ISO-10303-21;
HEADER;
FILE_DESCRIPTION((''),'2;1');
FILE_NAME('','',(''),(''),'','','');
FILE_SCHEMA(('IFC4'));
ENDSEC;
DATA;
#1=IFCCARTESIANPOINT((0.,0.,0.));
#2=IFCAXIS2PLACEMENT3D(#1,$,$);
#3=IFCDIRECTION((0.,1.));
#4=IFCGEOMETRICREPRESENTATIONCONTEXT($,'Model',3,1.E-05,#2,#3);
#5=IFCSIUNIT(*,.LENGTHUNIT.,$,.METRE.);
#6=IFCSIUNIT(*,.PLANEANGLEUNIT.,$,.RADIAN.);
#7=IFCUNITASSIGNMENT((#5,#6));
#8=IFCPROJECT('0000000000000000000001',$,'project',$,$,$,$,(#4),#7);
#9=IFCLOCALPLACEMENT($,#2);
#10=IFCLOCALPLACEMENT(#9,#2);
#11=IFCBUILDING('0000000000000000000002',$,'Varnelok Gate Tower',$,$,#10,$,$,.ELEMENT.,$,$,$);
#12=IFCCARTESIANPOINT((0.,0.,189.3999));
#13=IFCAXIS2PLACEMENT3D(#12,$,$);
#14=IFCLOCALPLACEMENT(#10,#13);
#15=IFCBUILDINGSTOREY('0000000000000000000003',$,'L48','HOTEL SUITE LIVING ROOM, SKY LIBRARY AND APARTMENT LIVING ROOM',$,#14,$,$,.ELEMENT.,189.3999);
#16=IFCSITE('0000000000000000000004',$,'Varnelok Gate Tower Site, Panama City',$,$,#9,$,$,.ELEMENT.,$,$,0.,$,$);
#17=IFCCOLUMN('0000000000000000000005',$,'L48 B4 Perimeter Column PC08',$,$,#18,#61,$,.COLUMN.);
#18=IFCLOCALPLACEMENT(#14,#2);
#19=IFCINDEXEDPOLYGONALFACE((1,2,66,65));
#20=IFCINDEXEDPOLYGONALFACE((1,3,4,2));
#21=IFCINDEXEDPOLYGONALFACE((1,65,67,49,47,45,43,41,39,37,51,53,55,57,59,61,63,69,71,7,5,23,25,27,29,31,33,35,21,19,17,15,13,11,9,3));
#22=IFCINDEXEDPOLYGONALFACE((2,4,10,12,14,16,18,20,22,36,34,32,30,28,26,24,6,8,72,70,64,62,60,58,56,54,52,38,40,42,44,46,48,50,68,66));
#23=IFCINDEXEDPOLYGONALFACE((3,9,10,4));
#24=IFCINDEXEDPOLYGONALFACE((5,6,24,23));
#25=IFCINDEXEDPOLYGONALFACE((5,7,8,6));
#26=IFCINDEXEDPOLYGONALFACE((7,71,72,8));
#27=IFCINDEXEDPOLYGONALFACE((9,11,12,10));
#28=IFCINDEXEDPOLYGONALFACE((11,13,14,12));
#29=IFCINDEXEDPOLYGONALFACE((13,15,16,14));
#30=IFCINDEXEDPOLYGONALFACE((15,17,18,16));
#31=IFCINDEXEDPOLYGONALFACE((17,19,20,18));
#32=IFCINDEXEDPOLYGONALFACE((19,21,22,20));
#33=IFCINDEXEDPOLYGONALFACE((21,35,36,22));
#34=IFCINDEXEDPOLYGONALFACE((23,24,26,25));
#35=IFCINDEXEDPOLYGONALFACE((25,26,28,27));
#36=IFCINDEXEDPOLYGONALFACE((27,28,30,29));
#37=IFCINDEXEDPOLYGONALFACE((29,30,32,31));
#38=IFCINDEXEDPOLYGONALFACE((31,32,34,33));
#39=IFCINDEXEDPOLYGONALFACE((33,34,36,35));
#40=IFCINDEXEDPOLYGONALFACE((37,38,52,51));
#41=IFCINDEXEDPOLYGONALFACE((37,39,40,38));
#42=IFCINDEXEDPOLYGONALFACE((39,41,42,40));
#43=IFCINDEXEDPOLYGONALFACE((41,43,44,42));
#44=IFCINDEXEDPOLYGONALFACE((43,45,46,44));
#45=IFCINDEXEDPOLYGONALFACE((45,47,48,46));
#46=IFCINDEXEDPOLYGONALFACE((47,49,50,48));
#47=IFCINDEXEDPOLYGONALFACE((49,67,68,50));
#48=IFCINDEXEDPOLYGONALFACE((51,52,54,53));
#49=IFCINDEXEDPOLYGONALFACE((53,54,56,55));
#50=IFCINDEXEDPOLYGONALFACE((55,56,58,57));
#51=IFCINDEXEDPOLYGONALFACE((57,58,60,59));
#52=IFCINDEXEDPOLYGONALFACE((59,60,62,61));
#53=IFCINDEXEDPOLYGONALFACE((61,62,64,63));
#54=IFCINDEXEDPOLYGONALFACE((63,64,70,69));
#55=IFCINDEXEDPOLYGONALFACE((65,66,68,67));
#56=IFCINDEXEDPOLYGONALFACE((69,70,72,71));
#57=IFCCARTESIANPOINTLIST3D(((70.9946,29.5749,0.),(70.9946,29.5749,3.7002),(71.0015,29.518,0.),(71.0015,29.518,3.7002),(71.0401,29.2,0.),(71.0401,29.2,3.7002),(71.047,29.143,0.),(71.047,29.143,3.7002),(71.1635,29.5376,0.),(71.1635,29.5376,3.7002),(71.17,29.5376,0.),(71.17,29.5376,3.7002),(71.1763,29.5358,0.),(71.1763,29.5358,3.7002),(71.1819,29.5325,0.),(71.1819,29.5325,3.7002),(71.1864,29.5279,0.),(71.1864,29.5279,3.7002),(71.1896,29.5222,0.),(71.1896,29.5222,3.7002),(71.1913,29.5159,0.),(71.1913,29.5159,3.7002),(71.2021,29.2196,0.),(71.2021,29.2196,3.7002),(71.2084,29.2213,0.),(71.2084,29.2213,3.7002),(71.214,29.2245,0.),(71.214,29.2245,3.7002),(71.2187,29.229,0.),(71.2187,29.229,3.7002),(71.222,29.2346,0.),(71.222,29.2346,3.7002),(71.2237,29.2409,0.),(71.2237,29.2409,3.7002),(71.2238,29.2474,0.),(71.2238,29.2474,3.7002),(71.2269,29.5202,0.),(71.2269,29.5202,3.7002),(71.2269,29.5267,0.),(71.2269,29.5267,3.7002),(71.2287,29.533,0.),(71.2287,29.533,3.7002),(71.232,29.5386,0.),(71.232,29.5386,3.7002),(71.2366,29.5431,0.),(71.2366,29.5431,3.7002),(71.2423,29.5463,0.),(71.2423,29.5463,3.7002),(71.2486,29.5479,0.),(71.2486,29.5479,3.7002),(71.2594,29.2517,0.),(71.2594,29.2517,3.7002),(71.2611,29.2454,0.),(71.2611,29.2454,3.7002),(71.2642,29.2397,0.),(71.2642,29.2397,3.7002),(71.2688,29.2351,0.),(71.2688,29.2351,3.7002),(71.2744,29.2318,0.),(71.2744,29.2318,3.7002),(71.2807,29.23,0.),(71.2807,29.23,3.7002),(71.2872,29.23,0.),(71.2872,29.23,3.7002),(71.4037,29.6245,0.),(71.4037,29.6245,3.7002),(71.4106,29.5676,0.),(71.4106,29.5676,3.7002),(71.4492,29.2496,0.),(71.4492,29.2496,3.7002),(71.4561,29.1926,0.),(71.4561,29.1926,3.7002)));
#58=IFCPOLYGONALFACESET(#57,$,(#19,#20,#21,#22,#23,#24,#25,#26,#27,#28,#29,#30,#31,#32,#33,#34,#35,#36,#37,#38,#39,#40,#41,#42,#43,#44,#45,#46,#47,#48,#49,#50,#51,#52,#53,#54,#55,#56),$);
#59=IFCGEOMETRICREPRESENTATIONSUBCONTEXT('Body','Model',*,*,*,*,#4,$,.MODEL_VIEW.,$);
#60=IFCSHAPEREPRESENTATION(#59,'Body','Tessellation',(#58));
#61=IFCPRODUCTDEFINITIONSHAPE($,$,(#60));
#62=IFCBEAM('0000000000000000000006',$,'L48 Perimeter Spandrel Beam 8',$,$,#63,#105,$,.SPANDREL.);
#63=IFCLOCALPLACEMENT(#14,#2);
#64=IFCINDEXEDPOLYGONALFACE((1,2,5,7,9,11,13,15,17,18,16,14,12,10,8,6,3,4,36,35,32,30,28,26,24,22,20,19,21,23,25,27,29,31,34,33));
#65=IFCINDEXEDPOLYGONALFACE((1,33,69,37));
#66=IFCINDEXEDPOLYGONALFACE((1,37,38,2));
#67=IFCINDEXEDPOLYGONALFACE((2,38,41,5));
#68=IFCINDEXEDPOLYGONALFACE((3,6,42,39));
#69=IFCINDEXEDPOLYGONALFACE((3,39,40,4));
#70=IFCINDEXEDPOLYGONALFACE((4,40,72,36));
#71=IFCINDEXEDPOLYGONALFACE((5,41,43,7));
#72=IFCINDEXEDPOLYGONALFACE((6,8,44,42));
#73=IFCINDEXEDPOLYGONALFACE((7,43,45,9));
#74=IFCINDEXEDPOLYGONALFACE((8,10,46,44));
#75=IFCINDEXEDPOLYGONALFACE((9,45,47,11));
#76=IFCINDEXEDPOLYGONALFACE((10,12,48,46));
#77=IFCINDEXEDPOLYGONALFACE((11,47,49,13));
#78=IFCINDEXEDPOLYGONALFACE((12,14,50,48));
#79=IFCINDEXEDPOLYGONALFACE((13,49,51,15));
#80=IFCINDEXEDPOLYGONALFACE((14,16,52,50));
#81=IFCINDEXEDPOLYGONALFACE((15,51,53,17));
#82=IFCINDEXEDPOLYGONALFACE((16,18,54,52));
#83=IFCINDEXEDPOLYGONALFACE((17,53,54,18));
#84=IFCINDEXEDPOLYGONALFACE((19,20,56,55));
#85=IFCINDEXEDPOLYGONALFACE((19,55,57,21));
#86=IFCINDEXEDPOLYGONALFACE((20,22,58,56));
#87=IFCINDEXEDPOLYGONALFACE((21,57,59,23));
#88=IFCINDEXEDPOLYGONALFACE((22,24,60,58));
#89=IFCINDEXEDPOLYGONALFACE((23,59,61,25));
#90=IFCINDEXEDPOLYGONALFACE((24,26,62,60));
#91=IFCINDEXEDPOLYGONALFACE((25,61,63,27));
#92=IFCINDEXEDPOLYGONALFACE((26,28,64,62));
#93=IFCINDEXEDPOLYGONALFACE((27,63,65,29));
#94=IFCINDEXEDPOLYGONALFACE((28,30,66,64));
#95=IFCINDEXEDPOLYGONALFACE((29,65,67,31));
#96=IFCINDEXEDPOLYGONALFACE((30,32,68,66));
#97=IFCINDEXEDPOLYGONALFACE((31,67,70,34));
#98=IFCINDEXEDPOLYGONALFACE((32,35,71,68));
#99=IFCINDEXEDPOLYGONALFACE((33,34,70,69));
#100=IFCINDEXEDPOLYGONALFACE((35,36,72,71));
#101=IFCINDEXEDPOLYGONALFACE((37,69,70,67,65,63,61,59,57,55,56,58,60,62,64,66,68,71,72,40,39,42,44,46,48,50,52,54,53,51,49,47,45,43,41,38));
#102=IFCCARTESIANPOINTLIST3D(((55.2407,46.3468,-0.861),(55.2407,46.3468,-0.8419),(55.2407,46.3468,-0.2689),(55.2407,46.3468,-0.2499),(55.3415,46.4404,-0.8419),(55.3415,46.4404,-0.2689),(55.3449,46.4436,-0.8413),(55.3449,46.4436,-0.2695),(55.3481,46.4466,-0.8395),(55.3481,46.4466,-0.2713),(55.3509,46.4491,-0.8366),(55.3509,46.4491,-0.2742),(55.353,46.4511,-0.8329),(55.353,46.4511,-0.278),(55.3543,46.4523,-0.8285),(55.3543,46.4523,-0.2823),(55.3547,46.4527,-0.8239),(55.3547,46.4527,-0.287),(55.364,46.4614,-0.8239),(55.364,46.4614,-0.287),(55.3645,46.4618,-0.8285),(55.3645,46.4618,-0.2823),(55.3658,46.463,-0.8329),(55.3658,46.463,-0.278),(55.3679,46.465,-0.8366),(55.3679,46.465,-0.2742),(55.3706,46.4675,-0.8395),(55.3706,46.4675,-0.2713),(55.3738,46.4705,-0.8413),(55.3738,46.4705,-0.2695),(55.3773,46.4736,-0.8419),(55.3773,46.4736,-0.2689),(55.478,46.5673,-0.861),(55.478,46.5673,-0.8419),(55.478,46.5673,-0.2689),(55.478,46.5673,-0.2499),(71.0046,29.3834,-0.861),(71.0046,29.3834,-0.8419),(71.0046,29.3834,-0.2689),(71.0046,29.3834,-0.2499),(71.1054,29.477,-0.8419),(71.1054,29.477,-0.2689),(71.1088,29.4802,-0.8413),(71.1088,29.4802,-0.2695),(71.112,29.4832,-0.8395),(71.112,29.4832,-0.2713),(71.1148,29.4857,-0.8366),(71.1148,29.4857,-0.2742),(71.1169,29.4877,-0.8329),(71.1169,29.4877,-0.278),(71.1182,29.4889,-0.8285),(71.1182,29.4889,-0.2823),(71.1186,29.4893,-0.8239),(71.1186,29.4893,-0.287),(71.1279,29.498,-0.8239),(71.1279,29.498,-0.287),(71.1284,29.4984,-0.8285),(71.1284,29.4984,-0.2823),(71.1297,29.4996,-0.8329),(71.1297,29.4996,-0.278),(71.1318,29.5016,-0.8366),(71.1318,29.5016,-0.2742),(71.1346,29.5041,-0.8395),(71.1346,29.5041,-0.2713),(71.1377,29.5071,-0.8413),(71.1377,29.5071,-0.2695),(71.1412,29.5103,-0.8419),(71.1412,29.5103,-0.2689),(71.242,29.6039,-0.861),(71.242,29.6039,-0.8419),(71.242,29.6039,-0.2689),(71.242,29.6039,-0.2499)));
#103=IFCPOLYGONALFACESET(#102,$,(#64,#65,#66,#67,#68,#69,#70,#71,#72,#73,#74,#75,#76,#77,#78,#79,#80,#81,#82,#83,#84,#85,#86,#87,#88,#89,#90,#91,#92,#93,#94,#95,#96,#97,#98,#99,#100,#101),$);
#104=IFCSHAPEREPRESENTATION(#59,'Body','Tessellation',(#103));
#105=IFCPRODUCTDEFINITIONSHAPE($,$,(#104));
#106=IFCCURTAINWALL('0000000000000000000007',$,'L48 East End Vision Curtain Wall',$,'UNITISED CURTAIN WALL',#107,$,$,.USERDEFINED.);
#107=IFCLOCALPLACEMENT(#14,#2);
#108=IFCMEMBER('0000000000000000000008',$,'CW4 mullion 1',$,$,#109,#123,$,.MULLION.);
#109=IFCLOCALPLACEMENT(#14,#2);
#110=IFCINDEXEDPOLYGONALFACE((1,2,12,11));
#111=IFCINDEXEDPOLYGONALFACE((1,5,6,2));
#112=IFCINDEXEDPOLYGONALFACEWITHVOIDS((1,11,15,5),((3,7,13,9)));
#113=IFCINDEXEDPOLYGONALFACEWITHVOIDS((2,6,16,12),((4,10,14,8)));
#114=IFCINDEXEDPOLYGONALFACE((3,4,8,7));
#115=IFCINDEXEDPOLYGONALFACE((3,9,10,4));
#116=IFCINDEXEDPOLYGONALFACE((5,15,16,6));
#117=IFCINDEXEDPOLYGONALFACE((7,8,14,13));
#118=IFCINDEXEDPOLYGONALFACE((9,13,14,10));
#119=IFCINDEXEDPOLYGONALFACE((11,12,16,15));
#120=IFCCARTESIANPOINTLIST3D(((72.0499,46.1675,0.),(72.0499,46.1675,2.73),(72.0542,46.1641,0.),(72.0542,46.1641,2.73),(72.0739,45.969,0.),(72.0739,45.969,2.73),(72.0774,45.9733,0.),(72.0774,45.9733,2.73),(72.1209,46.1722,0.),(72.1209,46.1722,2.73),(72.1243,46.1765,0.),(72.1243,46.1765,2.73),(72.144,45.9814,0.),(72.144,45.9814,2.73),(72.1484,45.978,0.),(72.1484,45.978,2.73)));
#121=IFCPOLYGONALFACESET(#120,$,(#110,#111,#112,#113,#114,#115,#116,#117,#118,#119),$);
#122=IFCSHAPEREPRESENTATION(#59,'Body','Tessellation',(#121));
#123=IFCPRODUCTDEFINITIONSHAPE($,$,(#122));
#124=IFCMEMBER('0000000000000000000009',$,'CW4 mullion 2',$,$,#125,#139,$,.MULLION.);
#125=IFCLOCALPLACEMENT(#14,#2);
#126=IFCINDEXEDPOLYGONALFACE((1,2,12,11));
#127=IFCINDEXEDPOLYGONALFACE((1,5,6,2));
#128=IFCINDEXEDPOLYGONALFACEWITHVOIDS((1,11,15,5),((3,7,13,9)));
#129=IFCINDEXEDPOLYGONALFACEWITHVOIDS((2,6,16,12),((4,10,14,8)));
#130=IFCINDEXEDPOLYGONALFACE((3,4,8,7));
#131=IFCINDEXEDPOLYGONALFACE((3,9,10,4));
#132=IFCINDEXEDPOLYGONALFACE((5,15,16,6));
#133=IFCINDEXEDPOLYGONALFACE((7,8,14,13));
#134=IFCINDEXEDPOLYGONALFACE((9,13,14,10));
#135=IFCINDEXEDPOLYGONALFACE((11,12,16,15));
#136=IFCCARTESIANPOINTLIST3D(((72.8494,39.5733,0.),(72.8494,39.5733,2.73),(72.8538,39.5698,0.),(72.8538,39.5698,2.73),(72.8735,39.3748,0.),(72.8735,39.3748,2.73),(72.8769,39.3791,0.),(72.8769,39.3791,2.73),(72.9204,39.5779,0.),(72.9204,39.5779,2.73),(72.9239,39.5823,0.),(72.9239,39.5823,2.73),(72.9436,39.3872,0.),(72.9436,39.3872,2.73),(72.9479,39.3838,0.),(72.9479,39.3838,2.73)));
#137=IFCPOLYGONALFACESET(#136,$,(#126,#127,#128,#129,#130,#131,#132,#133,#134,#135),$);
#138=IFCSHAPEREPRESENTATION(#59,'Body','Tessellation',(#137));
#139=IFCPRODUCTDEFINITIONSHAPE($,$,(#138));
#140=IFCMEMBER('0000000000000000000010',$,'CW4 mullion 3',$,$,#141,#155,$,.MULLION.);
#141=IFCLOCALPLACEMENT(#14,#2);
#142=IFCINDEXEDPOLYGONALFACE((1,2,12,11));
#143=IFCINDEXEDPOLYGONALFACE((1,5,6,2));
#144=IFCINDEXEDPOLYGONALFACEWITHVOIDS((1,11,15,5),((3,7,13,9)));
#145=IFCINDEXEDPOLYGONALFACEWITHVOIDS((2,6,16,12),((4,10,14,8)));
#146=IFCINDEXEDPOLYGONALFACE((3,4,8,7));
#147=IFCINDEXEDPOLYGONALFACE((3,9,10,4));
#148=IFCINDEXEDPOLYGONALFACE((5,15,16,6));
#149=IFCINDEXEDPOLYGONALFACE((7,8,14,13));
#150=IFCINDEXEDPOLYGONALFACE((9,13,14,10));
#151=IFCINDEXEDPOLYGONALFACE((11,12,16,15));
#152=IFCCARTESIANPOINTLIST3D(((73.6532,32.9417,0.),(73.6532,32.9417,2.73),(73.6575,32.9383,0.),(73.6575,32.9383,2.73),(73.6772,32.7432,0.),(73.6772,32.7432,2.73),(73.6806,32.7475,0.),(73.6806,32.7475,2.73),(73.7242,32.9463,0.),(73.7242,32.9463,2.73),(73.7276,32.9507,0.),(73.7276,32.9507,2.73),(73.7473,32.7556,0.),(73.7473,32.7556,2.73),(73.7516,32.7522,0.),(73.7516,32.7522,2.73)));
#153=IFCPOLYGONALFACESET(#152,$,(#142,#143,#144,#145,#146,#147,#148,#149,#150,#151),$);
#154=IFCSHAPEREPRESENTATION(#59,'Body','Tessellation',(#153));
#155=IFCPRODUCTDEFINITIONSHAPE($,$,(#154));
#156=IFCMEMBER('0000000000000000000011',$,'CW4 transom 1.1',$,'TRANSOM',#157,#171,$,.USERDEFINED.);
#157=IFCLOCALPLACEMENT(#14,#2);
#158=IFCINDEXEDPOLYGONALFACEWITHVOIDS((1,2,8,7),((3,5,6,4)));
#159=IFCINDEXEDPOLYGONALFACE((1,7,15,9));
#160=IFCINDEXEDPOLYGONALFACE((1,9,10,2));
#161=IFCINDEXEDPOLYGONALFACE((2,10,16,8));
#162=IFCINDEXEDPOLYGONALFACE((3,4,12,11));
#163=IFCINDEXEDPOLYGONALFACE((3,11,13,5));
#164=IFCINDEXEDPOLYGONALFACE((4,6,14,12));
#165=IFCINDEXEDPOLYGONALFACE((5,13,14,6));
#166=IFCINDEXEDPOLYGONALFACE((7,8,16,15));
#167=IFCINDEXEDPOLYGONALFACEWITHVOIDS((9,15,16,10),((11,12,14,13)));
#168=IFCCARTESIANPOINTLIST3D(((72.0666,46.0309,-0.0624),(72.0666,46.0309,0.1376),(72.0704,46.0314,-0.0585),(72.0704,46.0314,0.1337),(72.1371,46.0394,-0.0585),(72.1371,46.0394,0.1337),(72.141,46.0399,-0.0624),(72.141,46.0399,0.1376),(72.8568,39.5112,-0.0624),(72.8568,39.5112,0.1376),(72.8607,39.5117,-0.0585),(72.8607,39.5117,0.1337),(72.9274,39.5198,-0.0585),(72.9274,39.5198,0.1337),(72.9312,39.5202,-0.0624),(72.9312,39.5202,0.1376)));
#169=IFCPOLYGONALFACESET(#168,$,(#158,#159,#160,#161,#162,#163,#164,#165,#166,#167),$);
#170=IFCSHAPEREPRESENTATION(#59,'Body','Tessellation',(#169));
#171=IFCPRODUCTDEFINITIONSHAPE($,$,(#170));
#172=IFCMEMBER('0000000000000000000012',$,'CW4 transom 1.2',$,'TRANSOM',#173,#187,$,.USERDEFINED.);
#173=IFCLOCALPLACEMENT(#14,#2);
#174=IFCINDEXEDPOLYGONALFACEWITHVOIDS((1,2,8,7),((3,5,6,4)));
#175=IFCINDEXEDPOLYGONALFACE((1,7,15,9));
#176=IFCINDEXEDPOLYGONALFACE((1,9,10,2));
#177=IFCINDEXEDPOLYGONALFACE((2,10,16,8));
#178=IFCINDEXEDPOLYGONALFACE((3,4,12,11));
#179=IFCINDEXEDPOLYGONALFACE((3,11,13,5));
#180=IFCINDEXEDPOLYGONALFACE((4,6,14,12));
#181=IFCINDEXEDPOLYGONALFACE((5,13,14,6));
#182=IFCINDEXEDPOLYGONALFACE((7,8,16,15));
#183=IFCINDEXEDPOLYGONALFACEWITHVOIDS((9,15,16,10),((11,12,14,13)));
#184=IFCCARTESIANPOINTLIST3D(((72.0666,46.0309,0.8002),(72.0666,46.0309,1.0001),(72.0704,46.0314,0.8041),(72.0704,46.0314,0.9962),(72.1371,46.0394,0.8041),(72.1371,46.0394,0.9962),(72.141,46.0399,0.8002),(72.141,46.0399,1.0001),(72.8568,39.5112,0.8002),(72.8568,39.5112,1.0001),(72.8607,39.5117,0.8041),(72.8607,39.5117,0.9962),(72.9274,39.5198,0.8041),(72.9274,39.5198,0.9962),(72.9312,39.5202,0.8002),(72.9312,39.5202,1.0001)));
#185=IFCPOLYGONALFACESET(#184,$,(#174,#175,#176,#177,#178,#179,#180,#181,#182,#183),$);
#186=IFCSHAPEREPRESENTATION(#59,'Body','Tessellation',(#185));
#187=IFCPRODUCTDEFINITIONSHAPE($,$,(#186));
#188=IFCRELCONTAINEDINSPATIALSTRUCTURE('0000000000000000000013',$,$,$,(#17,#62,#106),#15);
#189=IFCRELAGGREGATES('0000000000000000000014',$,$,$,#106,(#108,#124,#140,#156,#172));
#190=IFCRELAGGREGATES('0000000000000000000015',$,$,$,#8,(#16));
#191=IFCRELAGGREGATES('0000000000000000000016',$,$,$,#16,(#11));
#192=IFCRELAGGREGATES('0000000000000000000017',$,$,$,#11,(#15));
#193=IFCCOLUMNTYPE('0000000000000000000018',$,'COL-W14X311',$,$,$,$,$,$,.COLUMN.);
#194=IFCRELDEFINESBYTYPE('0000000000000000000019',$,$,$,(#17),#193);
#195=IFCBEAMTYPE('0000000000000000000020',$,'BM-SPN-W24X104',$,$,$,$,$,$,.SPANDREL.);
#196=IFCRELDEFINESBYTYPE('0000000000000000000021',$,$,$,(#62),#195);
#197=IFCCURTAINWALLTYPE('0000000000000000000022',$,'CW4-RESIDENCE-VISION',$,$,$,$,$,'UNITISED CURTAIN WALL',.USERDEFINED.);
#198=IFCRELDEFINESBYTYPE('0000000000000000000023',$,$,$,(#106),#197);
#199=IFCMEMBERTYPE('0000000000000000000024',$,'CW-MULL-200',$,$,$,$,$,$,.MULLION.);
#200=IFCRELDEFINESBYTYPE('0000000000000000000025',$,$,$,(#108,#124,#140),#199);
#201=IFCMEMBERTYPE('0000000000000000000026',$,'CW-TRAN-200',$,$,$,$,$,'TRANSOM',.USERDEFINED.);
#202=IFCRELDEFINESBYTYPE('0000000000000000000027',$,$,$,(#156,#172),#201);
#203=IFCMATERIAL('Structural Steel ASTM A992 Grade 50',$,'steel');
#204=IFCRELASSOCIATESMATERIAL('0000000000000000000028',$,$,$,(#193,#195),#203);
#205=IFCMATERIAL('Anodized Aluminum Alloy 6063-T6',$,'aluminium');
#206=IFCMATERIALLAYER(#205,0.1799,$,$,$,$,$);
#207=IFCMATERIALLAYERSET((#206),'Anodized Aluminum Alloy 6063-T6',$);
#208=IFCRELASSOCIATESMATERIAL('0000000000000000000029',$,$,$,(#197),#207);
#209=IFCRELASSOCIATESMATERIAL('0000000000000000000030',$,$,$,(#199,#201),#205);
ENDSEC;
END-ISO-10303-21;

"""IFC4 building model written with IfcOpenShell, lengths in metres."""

from ifc_helpers import new_model, si_unit, direction, frame, origin, origin_2d, place, context, subcontext, project, spatial, hollow_rectangle, i_section, extrude, material, layer, layer_set, material_profile, profile_set, type_object, element, aggregate, save


model = new_model("IFC4")

# Units and contexts
model_context = context("Model", 3, precision=1e-05, world=origin(), true_north=direction((0.0, 1.0)))
body_context = subcontext(model_context, "Body", "Model", "MODEL_VIEW")
ifc_project = project(units=[si_unit("LENGTHUNIT", "METRE"), si_unit("PLANEANGLEUNIT", "RADIAN")], contexts=[model_context])

# Site, building, storey
site_placement = place(None, origin())
site = spatial("IfcSite", under=ifc_project, at=site_placement, Name="Varnelok Gate Tower Site, Panama City", CompositionType="ELEMENT", RefElevation=0.0)
building_placement = place(site_placement, origin())
building = spatial("IfcBuilding", under=site, at=building_placement, Name="Varnelok Gate Tower", CompositionType="ELEMENT")
storey_placement = place(building_placement, frame((0.0, 0.0, 189.3999)))
storey = spatial("IfcBuildingStorey", under=building, at=storey_placement, Name="L48", Description="HOTEL SUITE LIVING ROOM, SKY LIBRARY AND APARTMENT LIVING ROOM", CompositionType="ELEMENT", Elevation=189.3999)

# Column
ifc_material_1 = material(Name="Structural Steel ASTM A992 Grade 50", Category="steel")
ifc_material_profile_1 = material_profile(ifc_material_1, i_section(OverallWidth=0.4121, OverallDepth=0.4351, WebThickness=0.0359, FlangeThickness=0.0574, FilletRadius=0.0249, at=origin_2d()), Name="W14X311")
ifc_profile_set_1 = profile_set([ifc_material_profile_1], Name="Structural Steel ASTM A992 Grade 50")
column_type = type_object("IfcColumnType", Name="COL-W14X311", PredefinedType="COLUMN", material=ifc_profile_set_1)
column_placement = place(storey_placement, frame((71.2253, 29.3838, 0.0), z_axis=(0.0, 0.0, 1.0), x_axis=(0.992732, 0.120345, 0.0)))
element("IfcColumn", 1, at=column_placement, inside=storey, type_object=column_type, Name="L48 B4 Perimeter Column PC08", PredefinedType="COLUMN", context=body_context, shape_type="SweptSolid", body=[
    extrude(i_section(OverallWidth=0.4121, OverallDepth=0.4351, WebThickness=0.0359, FlangeThickness=0.0574, FilletRadius=0.0249, at=origin_2d()), origin(), (0.0, 0.0, 1.0), 3.7002),
])

# Beam
ifc_material_profile_2 = material_profile(ifc_material_1, i_section(OverallWidth=0.324, OverallDepth=0.6111, WebThickness=0.0127, FlangeThickness=0.019, FilletRadius=0.0181, at=origin_2d()), Name="W24X104")
ifc_profile_set_2 = profile_set([ifc_material_profile_2], Name="Structural Steel ASTM A992 Grade 50")
beam_type = type_object("IfcBeamType", Name="BM-SPN-W24X104", PredefinedType="SPANDREL", material=ifc_profile_set_2)
beam_placement = place(storey_placement, frame((71.1233, 29.4937, -0.5554), z_axis=(-0.680734, 0.732531, 0.0), x_axis=(-0.732531, -0.680734, 0.0)))
element("IfcBeam", 2, at=beam_placement, inside=storey, type_object=beam_type, Name="L48 Perimeter Spandrel Beam 8", PredefinedType="SPANDREL", context=body_context, shape_type="SweptSolid", body=[
    extrude(i_section(OverallWidth=0.324, OverallDepth=0.6111, WebThickness=0.0127, FlangeThickness=0.019, FilletRadius=0.0181, at=origin_2d()), origin(), (0.0, 0.0, 1.0), 23.1572),
])

# Curtain wall, members
ifc_material_2 = material(Name="Anodized Aluminum Alloy 6063-T6", Category="aluminium")
ifc_layer_1 = layer(ifc_material_2, 0.1799)
ifc_layer_set_1 = layer_set([ifc_layer_1], Name="Anodized Aluminum Alloy 6063-T6")
curtain_wall_type = type_object("IfcCurtainWallType", Name="CW4-RESIDENCE-VISION", ElementType="UNITISED CURTAIN WALL", PredefinedType="USERDEFINED", material=ifc_layer_set_1)
curtain_wall_placement = place(storey_placement, origin())
curtain_wall = element("IfcCurtainWall", 3, at=curtain_wall_placement, inside=storey, type_object=curtain_wall_type, Name="L48 East End Vision Curtain Wall", ObjectType="UNITISED CURTAIN WALL", PredefinedType="USERDEFINED")
ifc_material_profile_3 = material_profile(ifc_material_2, hollow_rectangle(XDim=0.075, YDim=0.2, WallThickness=0.0039, at=origin_2d()), Name="ALU200X75X4")
ifc_profile_set_3 = profile_set([ifc_material_profile_3], Name="Anodized Aluminum Alloy 6063-T6")
member_type_1 = type_object("IfcMemberType", Name="CW-MULL-200", PredefinedType="MULLION", material=ifc_profile_set_3)
member_1_placement = place(storey_placement, frame((72.0991, 46.0728, 0.0), z_axis=(0.0, 0.0, 1.0), x_axis=(0.992732, 0.120345, 0.0)))
member_1 = element("IfcMember", 4, at=member_1_placement, type_object=member_type_1, Name="CW4 mullion 1", PredefinedType="MULLION", context=body_context, shape_type="SweptSolid", body=[
    extrude(hollow_rectangle(XDim=0.075, YDim=0.2, WallThickness=0.0039, at=origin_2d()), origin(), (0.0, 0.0, 1.0), 2.73),
])
member_2_placement = place(storey_placement, frame((72.8987, 39.4785, 0.0), z_axis=(0.0, 0.0, 1.0), x_axis=(0.992732, 0.120345, 0.0)))
member_2 = element("IfcMember", 5, at=member_2_placement, type_object=member_type_1, Name="CW4 mullion 2", PredefinedType="MULLION", context=body_context, shape_type="SweptSolid", body=[
    extrude(hollow_rectangle(XDim=0.075, YDim=0.2, WallThickness=0.0039, at=origin_2d()), origin(), (0.0, 0.0, 1.0), 2.73),
])
member_3_placement = place(storey_placement, frame((73.7024, 32.8469, 0.0), z_axis=(0.0, 0.0, 1.0), x_axis=(0.992732, 0.120345, 0.0)))
member_3 = element("IfcMember", 6, at=member_3_placement, type_object=member_type_1, Name="CW4 mullion 3", PredefinedType="MULLION", context=body_context, shape_type="SweptSolid", body=[
    extrude(hollow_rectangle(XDim=0.075, YDim=0.2, WallThickness=0.0039, at=origin_2d()), origin(), (0.0, 0.0, 1.0), 2.73),
])
ifc_material_profile_4 = material_profile(ifc_material_2, hollow_rectangle(XDim=0.075, YDim=0.2, WallThickness=0.0039, at=origin_2d()), Name="ALU200X75X4")
ifc_profile_set_4 = profile_set([ifc_material_profile_4], Name="Anodized Aluminum Alloy 6063-T6")
member_type_2 = type_object("IfcMemberType", Name="CW-TRAN-200", ElementType="TRANSOM", PredefinedType="USERDEFINED", material=ifc_profile_set_4)
member_4_placement = place(storey_placement, frame((72.1038, 46.0354, 0.0376), z_axis=(0.120332, -0.992734, 0.0), x_axis=(0.992734, 0.120332, 0.0)))
member_4 = element("IfcMember", 7, at=member_4_placement, type_object=member_type_2, Name="CW4 transom 1.1", ObjectType="TRANSOM", PredefinedType="USERDEFINED", context=body_context, shape_type="SweptSolid", body=[
    extrude(hollow_rectangle(XDim=0.075, YDim=0.2, WallThickness=0.0039, at=origin_2d()), origin(), (0.0, 0.0, 1.0), 6.5674),
])
member_5_placement = place(storey_placement, frame((72.1038, 46.0354, 0.9001), z_axis=(0.120332, -0.992734, 0.0), x_axis=(0.992734, 0.120332, 0.0)))
member_5 = element("IfcMember", 8, at=member_5_placement, type_object=member_type_2, Name="CW4 transom 1.2", ObjectType="TRANSOM", PredefinedType="USERDEFINED", context=body_context, shape_type="SweptSolid", body=[
    extrude(hollow_rectangle(XDim=0.075, YDim=0.2, WallThickness=0.0039, at=origin_2d()), origin(), (0.0, 0.0, 1.0), 6.5674),
])
aggregate(curtain_wall, [member_1, member_2, member_3, member_4, member_5])

save(model, "model.ifc")
